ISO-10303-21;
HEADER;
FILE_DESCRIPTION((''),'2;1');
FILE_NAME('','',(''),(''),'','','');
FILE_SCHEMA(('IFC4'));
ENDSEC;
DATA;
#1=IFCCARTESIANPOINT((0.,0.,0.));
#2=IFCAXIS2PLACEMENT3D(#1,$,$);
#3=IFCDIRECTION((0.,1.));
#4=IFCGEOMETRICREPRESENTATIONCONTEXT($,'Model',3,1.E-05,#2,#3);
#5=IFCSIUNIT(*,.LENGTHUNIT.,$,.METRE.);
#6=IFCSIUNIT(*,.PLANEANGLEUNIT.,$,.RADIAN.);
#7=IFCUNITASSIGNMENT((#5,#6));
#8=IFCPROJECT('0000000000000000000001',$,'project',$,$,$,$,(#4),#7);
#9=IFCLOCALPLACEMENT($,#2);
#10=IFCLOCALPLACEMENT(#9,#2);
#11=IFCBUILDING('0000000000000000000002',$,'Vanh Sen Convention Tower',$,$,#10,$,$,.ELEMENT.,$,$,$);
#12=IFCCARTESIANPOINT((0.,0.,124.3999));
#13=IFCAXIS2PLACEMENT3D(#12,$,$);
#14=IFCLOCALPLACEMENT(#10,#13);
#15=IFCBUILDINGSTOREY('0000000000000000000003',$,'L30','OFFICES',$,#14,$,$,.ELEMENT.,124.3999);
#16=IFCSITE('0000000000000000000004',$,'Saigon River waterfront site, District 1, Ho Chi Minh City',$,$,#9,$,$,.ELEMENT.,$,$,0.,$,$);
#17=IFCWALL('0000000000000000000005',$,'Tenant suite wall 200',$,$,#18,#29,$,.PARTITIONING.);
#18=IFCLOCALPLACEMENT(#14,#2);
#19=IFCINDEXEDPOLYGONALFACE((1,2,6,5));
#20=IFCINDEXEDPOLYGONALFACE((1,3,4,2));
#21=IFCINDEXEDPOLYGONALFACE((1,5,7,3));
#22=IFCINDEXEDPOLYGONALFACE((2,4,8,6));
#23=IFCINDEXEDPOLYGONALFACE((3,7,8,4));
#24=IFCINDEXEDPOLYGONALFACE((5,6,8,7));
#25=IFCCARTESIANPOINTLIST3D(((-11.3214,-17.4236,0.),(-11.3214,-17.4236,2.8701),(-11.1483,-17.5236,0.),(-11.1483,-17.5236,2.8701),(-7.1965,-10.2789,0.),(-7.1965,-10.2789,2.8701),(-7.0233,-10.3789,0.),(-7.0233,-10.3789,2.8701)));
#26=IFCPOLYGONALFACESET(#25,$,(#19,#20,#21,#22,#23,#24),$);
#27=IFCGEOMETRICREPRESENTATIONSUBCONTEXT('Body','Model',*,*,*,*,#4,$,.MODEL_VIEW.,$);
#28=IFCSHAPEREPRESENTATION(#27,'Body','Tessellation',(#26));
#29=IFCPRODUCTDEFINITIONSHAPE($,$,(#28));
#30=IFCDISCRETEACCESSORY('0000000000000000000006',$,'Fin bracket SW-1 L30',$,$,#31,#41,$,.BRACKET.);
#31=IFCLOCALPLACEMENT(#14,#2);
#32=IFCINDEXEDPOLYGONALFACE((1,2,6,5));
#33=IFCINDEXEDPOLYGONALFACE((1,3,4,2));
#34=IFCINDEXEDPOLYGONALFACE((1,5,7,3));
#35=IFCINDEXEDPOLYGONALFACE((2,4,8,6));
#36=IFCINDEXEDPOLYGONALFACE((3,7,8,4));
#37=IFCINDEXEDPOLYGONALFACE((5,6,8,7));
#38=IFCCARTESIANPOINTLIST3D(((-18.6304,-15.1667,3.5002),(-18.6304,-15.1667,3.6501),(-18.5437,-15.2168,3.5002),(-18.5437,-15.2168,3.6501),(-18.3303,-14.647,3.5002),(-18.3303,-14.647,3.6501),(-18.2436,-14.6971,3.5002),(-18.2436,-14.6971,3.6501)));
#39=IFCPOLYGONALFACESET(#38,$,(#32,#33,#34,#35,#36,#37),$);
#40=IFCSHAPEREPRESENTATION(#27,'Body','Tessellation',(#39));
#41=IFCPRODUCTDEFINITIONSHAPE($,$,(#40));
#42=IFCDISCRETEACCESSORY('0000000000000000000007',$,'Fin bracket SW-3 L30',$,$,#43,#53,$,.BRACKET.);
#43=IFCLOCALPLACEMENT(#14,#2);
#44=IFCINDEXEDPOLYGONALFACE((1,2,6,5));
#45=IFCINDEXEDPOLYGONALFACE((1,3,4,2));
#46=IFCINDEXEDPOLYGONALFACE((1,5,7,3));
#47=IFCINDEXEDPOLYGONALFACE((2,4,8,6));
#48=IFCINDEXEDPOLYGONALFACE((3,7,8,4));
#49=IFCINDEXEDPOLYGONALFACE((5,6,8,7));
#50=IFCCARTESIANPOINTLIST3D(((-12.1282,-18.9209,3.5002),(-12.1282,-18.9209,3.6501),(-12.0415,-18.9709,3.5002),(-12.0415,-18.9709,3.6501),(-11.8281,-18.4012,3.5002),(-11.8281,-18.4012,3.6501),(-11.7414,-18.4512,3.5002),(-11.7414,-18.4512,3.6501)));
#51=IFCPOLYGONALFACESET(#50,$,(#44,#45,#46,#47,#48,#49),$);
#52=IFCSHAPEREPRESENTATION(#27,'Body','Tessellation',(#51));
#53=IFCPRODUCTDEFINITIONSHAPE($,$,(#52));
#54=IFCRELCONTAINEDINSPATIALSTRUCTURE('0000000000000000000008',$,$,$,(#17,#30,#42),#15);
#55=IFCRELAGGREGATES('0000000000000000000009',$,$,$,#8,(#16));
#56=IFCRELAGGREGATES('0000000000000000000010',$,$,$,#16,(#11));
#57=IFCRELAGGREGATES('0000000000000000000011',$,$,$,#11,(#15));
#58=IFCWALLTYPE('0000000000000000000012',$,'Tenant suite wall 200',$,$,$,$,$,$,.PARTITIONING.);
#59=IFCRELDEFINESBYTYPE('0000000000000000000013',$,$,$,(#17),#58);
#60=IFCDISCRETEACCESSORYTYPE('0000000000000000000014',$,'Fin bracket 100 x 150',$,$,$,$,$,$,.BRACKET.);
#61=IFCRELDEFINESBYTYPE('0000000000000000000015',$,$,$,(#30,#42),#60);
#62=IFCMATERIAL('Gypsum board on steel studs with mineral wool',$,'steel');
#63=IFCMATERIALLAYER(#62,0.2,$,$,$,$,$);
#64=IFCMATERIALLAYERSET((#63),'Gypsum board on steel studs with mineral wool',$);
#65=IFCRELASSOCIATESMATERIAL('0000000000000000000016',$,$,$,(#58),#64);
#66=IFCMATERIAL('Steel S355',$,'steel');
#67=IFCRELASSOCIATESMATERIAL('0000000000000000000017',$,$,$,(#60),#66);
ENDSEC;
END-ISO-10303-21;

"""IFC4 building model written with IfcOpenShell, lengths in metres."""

from ifc_helpers import new_model, si_unit, direction, frame, frame_2d, origin, origin_2d, place, context, subcontext, project, spatial, rectangle, extrude, material, layer, layer_set, type_object, element, save


model = new_model("IFC4")

# Units and contexts
model_context = context("Model", 3, precision=1e-05, world=origin(), true_north=direction((0.0, 1.0)))
body_context = subcontext(model_context, "Body", "Model", "MODEL_VIEW")
ifc_project = project(units=[si_unit("LENGTHUNIT", "METRE"), si_unit("PLANEANGLEUNIT", "RADIAN")], contexts=[model_context])

# Site, building, storey
site_placement = place(None, origin())
site = spatial("IfcSite", under=ifc_project, at=site_placement, Name="Saigon River waterfront site, District 1, Ho Chi Minh City", CompositionType="ELEMENT", RefElevation=0.0)
building_placement = place(site_placement, origin())
building = spatial("IfcBuilding", under=site, at=building_placement, Name="Vanh Sen Convention Tower", CompositionType="ELEMENT")
storey_placement = place(building_placement, frame((0.0, 0.0, 124.3999)))
storey = spatial("IfcBuildingStorey", under=building, at=storey_placement, Name="L30", Description="OFFICES", CompositionType="ELEMENT", Elevation=124.3999)

# Wall
ifc_material_1 = material(Name="Gypsum board on steel studs with mineral wool", Category="steel")
ifc_layer_1 = layer(ifc_material_1, 0.2)
ifc_layer_set_1 = layer_set([ifc_layer_1], Name="Gypsum board on steel studs with mineral wool")
wall_type_1 = type_object("IfcWallType", Name="Tenant suite wall 200", PredefinedType="PARTITIONING", material=ifc_layer_set_1)
wall_1_placement = place(storey_placement, frame((-11.2349, -17.4736, 0.0), z_axis=(0.0, 0.0, 1.0), x_axis=(0.499997, 0.866027, 0.0)))
element("IfcWall", 1, at=wall_1_placement, inside=storey, type_object=wall_type_1, Name="Tenant suite wall 200", PredefinedType="PARTITIONING", context=body_context, shape_type="SweptSolid", body=[
    extrude(rectangle(XDim=8.25, YDim=0.2, at=frame_2d((4.125, 0.0))), origin(), (0.0, 0.0, 1.0), 2.8701),
])

# Discrete accessories
ifc_material_2 = material(Name="Steel S355", Category="steel")
discrete_accessory_type = type_object("IfcDiscreteAccessoryType", Name="Fin bracket 100 x 150", PredefinedType="BRACKET", material=ifc_material_2)
for number, where, z_axis, x_axis, name in (
    (2, (-18.437, -14.9319, 3.5002), (0.0, 0.0, 1.0), (-0.5, -0.866025, 0.0), "Fin bracket SW-1 L30"),
    (3, (-11.9348, -18.686, 3.5002), (0.0, 0.0, 1.0), (-0.5, -0.866025, 0.0), "Fin bracket SW-3 L30"),
):
    element("IfcDiscreteAccessory", number, at=place(storey_placement, frame(where, z_axis=z_axis, x_axis=x_axis)), inside=storey, type_object=discrete_accessory_type, Name=name, PredefinedType="BRACKET", context=body_context, shape_type="SweptSolid", body=[
        extrude(rectangle(XDim=0.6001, YDim=0.1001, at=origin_2d()), origin(), (0.0, 0.0, 1.0), 0.1499),
    ])

save(model, "model.ifc")
